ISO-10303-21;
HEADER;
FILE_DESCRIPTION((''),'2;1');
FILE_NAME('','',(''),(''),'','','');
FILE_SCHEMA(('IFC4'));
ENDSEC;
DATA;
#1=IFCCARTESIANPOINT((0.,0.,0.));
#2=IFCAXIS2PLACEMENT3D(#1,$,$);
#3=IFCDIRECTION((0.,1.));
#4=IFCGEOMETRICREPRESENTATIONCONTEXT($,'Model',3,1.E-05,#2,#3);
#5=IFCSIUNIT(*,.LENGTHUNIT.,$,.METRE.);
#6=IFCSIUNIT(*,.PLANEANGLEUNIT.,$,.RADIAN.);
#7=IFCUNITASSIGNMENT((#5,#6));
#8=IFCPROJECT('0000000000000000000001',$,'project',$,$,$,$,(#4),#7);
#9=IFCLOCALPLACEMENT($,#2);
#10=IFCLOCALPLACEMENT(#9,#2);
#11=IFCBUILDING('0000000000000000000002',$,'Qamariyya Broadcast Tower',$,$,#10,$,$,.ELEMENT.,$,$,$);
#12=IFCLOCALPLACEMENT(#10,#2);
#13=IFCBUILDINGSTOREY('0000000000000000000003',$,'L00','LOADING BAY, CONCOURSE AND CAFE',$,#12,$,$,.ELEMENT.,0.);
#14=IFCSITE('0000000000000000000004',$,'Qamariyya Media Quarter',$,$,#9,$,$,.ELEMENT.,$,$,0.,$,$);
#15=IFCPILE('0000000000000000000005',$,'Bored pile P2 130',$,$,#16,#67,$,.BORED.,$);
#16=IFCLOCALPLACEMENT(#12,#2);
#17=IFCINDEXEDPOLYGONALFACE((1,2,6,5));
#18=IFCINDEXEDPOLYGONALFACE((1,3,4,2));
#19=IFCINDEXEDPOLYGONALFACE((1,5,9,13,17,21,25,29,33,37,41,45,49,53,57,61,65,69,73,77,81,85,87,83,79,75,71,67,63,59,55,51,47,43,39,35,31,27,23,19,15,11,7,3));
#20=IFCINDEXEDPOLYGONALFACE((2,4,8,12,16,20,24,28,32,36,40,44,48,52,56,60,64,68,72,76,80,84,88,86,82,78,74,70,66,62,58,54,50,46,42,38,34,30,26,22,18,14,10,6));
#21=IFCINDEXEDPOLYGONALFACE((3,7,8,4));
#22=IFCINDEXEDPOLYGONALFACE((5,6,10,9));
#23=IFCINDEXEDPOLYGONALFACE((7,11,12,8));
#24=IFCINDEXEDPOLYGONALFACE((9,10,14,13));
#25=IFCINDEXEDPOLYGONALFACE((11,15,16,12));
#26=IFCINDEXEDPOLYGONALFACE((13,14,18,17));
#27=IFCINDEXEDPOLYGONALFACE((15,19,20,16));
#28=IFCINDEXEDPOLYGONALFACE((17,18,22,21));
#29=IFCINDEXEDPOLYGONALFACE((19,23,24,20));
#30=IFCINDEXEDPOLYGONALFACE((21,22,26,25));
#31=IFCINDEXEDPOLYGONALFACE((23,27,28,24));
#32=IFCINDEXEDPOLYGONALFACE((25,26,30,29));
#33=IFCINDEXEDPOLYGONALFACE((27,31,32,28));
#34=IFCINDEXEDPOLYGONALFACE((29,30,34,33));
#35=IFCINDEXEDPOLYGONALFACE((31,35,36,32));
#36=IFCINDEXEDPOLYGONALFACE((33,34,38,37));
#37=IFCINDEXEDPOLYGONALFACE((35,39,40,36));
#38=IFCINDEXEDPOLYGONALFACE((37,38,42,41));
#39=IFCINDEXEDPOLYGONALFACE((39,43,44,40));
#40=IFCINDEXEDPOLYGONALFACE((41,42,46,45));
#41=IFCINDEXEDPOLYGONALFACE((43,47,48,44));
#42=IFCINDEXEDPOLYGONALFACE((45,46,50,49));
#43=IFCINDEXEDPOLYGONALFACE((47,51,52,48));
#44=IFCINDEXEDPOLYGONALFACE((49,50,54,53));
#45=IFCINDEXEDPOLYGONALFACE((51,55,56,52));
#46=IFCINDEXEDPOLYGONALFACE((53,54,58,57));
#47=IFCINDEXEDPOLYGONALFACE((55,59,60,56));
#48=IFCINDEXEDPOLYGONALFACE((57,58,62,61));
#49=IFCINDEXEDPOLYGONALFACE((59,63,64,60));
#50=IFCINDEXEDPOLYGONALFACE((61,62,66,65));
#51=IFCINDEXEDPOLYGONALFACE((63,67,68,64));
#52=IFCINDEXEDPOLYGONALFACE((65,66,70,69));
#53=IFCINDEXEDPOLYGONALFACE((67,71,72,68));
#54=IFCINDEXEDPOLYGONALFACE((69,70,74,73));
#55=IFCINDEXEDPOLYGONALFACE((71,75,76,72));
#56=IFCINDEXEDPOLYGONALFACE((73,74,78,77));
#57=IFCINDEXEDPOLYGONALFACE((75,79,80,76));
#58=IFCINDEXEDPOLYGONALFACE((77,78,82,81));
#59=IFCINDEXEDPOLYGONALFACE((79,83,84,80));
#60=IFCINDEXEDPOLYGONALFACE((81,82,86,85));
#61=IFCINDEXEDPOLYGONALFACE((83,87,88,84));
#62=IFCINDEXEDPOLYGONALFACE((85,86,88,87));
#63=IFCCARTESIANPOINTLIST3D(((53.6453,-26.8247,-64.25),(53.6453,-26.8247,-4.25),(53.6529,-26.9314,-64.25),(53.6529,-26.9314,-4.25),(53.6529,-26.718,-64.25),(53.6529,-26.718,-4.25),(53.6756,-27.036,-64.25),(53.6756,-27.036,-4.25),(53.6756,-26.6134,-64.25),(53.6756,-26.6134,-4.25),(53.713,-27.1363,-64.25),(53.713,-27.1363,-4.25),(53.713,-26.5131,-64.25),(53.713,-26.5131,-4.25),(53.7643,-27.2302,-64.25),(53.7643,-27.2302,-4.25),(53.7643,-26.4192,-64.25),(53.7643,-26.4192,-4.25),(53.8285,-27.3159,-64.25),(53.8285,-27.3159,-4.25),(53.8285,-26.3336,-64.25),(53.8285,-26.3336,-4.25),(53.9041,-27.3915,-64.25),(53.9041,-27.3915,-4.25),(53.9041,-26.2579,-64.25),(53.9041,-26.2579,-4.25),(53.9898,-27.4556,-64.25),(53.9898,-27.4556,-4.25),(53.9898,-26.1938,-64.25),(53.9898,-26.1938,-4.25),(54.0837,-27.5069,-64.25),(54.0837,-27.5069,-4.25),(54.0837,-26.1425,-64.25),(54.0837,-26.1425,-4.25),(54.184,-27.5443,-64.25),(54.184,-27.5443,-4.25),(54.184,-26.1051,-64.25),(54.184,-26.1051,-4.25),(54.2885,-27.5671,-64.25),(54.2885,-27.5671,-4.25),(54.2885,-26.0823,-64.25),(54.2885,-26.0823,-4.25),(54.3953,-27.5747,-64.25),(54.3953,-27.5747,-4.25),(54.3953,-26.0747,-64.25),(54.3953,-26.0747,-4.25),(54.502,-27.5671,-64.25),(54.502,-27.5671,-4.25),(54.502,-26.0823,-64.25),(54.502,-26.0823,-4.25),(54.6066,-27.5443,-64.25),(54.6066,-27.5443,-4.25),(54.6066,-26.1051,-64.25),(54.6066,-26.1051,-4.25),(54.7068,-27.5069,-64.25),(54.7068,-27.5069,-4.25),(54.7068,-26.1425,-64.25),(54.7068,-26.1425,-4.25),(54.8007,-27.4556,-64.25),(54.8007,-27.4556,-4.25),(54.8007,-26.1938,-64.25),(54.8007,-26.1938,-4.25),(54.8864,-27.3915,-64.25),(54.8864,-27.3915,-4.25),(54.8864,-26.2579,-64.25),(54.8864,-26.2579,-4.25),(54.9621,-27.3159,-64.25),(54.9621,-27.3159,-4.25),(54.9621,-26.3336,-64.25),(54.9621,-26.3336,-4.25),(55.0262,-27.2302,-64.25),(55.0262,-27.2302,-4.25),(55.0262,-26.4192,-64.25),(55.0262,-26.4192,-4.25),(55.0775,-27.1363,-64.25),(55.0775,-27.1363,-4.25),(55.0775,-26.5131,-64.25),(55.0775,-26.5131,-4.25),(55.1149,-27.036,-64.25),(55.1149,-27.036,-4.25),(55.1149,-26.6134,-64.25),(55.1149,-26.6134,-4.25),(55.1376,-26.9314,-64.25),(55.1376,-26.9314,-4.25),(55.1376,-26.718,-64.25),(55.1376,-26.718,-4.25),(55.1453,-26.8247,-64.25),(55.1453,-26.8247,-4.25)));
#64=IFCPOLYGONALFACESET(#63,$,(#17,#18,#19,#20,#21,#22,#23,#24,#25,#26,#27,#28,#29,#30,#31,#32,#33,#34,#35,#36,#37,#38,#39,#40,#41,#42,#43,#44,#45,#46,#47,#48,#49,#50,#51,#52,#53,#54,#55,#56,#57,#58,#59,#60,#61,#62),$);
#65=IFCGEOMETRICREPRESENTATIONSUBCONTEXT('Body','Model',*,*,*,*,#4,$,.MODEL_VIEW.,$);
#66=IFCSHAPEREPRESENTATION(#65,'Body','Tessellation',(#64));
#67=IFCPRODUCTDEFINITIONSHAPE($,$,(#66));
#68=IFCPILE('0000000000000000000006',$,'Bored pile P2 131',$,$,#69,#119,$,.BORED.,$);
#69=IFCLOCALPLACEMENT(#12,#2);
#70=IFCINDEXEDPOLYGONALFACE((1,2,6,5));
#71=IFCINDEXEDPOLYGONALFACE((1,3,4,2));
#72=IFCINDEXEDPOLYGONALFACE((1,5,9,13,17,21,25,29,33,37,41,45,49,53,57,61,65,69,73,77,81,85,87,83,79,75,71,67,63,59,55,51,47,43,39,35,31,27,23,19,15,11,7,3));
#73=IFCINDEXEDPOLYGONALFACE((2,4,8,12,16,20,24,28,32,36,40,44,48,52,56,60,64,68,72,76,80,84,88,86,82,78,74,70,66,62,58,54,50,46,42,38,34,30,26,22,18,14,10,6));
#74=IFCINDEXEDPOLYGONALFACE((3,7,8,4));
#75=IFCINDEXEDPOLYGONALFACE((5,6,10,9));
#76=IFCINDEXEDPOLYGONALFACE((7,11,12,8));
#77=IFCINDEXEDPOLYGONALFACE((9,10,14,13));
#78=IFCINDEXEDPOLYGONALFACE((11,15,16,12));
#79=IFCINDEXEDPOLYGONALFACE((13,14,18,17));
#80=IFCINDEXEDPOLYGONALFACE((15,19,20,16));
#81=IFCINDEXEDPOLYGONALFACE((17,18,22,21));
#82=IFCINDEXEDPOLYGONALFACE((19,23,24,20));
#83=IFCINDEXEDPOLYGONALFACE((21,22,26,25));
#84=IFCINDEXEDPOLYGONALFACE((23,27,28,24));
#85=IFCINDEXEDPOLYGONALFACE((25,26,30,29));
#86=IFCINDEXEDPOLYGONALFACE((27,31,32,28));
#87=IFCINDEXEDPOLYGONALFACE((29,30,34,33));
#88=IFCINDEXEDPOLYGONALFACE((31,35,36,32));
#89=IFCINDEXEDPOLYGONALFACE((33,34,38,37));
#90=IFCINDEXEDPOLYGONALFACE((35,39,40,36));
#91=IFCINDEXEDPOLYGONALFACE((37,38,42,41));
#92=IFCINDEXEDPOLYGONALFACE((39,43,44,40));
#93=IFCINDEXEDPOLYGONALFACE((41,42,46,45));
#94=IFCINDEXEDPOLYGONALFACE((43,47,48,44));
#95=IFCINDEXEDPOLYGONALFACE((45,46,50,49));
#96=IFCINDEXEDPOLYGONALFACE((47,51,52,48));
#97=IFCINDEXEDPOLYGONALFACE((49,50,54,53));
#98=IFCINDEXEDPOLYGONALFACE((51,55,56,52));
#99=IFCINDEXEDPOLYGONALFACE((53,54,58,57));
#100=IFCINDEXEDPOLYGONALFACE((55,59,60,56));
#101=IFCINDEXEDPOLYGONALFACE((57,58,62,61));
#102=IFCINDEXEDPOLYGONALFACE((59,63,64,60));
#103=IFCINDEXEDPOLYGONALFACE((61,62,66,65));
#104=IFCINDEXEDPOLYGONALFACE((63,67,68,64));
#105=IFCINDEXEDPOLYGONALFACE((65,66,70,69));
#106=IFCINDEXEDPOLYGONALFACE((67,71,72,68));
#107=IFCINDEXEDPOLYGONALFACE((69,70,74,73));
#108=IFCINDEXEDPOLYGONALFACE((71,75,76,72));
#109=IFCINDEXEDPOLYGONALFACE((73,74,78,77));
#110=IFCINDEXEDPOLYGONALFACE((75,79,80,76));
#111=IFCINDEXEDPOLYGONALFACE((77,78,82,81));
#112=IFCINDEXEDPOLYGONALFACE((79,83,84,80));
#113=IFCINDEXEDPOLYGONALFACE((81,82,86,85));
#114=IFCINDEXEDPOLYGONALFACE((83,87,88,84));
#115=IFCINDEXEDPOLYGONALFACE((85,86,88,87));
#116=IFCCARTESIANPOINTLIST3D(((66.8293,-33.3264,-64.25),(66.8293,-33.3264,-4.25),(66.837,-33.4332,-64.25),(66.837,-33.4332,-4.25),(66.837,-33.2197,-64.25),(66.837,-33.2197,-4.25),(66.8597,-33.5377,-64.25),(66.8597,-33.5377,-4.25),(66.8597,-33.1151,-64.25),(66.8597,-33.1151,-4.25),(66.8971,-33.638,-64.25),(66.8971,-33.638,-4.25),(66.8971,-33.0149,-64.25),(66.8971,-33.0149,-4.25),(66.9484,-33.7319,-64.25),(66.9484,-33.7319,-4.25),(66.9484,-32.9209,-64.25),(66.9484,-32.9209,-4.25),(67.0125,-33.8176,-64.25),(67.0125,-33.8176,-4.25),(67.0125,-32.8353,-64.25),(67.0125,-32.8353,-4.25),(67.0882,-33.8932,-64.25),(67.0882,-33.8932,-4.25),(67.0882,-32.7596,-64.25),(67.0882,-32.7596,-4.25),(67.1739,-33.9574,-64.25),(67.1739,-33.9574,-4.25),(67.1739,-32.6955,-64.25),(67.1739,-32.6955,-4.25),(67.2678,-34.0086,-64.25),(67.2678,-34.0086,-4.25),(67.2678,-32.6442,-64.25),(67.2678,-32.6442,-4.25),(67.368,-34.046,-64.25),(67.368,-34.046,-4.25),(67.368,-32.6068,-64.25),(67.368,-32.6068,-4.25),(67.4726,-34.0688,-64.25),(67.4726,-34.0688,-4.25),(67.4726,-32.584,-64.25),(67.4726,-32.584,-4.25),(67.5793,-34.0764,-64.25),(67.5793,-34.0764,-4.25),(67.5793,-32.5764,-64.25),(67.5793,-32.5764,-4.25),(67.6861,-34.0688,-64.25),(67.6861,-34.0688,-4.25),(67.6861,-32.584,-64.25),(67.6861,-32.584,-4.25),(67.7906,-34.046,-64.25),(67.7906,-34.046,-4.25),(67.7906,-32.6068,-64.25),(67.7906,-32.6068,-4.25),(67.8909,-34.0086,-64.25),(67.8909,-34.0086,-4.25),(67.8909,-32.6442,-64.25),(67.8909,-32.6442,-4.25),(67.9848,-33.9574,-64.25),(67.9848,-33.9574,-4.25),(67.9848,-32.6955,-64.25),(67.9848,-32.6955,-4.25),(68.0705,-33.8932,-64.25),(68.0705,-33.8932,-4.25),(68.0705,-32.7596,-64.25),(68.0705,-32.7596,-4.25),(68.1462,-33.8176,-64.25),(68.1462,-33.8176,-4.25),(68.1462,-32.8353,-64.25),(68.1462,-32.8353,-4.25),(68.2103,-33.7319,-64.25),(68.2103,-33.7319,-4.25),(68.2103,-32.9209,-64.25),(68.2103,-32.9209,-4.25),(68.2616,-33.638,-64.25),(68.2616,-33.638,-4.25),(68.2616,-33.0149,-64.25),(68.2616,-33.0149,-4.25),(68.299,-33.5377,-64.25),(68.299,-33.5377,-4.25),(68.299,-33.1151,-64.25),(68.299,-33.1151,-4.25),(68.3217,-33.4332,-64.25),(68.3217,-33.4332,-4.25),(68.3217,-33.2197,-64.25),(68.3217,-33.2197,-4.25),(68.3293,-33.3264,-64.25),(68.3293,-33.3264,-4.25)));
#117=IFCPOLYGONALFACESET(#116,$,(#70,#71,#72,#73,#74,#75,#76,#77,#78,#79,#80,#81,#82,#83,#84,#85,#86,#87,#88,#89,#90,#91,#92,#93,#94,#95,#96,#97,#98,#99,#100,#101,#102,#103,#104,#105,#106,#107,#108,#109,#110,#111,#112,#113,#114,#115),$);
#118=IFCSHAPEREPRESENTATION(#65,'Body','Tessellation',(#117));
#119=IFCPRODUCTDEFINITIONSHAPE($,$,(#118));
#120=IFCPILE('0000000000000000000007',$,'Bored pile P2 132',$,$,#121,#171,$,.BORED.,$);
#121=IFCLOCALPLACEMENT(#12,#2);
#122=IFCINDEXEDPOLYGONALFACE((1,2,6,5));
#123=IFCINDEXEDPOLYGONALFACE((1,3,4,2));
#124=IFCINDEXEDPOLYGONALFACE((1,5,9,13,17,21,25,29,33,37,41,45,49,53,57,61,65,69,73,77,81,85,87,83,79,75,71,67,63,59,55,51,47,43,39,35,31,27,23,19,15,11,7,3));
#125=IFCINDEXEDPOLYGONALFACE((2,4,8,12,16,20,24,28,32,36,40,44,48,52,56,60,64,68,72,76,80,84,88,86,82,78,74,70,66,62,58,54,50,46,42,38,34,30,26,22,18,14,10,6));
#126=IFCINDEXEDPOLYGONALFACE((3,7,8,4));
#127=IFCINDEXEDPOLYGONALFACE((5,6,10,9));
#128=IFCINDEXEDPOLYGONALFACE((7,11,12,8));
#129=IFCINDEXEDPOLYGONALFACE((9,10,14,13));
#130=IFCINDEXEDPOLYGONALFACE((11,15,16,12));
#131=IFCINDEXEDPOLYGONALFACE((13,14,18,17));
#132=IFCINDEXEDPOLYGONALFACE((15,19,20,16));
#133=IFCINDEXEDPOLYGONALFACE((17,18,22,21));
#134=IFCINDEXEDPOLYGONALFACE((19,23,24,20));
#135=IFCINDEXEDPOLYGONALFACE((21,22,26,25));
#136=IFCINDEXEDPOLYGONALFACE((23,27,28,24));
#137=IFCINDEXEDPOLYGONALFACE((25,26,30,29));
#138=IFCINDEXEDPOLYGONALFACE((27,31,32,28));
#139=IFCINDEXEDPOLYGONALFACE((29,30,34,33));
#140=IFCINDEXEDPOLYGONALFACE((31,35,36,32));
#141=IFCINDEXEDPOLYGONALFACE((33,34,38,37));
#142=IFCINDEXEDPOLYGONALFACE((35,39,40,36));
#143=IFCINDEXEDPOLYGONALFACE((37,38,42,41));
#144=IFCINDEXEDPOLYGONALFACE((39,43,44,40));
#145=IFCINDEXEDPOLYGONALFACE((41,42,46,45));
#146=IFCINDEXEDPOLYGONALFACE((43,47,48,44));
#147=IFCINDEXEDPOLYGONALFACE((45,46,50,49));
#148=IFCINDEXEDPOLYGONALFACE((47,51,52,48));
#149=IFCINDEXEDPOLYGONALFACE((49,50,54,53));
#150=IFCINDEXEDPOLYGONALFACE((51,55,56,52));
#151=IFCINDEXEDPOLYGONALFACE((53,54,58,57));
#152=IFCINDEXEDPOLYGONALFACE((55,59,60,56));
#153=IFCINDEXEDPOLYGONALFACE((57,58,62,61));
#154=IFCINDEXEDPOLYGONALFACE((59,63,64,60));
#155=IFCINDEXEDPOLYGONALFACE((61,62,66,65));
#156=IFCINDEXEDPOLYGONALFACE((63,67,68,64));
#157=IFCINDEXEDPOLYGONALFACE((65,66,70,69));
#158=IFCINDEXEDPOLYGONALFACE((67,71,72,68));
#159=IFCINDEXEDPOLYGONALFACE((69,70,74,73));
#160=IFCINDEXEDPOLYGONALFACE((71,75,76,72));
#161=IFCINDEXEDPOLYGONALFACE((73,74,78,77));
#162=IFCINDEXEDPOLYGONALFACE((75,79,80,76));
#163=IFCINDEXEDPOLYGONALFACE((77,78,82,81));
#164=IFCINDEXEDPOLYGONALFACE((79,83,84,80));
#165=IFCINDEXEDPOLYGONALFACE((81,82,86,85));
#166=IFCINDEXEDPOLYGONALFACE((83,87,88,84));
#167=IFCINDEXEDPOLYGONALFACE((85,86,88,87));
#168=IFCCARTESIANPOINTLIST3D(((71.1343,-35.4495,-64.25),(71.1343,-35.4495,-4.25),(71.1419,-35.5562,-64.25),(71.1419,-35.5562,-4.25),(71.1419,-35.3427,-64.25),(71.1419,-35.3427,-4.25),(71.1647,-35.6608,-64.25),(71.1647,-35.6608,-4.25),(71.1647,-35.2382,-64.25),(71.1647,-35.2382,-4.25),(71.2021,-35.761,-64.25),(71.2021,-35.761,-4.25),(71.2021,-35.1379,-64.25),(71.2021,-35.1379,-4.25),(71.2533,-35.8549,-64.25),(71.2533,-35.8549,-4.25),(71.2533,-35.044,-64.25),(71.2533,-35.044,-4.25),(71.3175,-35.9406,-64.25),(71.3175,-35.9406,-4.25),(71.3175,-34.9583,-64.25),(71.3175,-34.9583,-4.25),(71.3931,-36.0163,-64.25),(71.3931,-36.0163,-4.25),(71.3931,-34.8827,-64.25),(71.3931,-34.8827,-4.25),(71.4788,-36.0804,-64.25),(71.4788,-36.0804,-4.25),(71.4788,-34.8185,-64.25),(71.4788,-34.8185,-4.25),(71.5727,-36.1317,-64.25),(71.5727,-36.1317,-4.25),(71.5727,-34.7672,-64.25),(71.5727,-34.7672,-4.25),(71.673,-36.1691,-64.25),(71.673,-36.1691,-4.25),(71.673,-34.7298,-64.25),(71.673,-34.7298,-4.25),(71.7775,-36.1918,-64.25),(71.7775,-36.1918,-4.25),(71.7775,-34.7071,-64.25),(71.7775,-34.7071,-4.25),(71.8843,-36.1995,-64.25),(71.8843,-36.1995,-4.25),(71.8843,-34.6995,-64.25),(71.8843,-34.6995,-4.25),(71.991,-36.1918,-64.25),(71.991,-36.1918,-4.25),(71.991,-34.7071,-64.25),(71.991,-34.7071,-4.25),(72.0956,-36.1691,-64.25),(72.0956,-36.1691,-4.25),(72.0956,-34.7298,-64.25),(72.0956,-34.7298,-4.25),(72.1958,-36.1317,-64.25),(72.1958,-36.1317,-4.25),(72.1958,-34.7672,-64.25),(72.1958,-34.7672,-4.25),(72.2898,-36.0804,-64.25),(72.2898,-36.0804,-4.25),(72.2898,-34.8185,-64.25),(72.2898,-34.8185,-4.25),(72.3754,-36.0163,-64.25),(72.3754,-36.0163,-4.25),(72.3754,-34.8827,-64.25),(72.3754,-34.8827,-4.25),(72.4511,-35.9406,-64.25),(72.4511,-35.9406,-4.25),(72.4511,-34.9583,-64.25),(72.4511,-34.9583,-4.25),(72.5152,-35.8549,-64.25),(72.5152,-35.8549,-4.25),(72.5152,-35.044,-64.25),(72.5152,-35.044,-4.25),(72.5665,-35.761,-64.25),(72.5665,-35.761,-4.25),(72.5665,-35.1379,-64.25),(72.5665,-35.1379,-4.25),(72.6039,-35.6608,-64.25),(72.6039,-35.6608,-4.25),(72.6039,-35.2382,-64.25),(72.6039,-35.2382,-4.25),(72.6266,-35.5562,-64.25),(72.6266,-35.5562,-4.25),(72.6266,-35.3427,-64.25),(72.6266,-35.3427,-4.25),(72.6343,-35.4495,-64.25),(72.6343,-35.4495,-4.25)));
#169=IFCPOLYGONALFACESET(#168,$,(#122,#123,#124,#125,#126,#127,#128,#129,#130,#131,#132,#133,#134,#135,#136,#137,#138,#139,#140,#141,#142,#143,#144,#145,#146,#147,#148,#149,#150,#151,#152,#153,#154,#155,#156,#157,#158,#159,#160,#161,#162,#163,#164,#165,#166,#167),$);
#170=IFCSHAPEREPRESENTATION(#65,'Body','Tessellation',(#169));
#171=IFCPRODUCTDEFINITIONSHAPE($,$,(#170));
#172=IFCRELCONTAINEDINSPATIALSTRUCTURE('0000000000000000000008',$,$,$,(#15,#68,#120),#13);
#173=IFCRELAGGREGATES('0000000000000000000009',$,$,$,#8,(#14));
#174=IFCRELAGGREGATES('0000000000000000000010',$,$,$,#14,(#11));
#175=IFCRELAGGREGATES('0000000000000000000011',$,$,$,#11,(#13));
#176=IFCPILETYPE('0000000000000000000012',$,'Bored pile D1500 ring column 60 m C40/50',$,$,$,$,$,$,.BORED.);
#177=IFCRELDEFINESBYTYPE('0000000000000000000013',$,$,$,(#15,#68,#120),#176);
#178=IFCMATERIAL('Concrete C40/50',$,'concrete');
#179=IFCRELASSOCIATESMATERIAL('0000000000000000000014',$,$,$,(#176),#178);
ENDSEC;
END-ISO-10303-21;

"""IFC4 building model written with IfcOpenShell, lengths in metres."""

from ifc_helpers import new_model, si_unit, direction, frame, origin, origin_2d, place, context, subcontext, project, spatial, circle, extrude, material, material_profile, profile_set, type_object, element, save


model = new_model("IFC4")

# Units and contexts
model_context = context("Model", 3, precision=1e-05, world=origin(), true_north=direction((0.0, 1.0)))
body_context = subcontext(model_context, "Body", "Model", "MODEL_VIEW")
ifc_project = project(units=[si_unit("LENGTHUNIT", "METRE"), si_unit("PLANEANGLEUNIT", "RADIAN")], contexts=[model_context])

# Site, building, storey
site_placement = place(None, origin())
site = spatial("IfcSite", under=ifc_project, at=site_placement, Name="Qamariyya Media Quarter", CompositionType="ELEMENT", RefElevation=0.0)
building_placement = place(site_placement, origin())
building = spatial("IfcBuilding", under=site, at=building_placement, Name="Qamariyya Broadcast Tower", CompositionType="ELEMENT")
storey_placement = place(building_placement, origin())
storey = spatial("IfcBuildingStorey", under=building, at=storey_placement, Name="L00", Description="LOADING BAY, CONCOURSE AND CAFE", CompositionType="ELEMENT", Elevation=0.0)

# Piles
ifc_material_1 = material(Name="Concrete C40/50", Category="concrete")
ifc_material_profile_1 = material_profile(ifc_material_1, circle(Radius=0.75, at=origin_2d()))
ifc_profile_set_1 = profile_set([ifc_material_profile_1], Name="Concrete C40/50")
pile_type_1 = type_object("IfcPileType", Name="Bored pile D1500 ring column 60 m C40/50", PredefinedType="BORED", material=ifc_profile_set_1)
for number, where, z_axis, x_axis, name in (
    (1, (54.3953, -26.8247, -4.25), (0.0, 0.0, -1.0), (1.0, 0.0, 0.0), "Bored pile P2 130"),
    (2, (67.5793, -33.3264, -4.25), (0.0, 0.0, -1.0), (1.0, 0.0, 0.0), "Bored pile P2 131"),
    (3, (71.8843, -35.4495, -4.25), (0.0, 0.0, -1.0), (1.0, 0.0, 0.0), "Bored pile P2 132"),
):
    element("IfcPile", number, at=place(storey_placement, frame(where, z_axis=z_axis, x_axis=x_axis)), inside=storey, type_object=pile_type_1, Name=name, PredefinedType="BORED", context=body_context, shape_type="SweptSolid", body=[
        extrude(circle(Radius=0.75, at=origin_2d()), origin(), (0.0, 0.0, 1.0), 60.0),
    ])

save(model, "model.ifc")
